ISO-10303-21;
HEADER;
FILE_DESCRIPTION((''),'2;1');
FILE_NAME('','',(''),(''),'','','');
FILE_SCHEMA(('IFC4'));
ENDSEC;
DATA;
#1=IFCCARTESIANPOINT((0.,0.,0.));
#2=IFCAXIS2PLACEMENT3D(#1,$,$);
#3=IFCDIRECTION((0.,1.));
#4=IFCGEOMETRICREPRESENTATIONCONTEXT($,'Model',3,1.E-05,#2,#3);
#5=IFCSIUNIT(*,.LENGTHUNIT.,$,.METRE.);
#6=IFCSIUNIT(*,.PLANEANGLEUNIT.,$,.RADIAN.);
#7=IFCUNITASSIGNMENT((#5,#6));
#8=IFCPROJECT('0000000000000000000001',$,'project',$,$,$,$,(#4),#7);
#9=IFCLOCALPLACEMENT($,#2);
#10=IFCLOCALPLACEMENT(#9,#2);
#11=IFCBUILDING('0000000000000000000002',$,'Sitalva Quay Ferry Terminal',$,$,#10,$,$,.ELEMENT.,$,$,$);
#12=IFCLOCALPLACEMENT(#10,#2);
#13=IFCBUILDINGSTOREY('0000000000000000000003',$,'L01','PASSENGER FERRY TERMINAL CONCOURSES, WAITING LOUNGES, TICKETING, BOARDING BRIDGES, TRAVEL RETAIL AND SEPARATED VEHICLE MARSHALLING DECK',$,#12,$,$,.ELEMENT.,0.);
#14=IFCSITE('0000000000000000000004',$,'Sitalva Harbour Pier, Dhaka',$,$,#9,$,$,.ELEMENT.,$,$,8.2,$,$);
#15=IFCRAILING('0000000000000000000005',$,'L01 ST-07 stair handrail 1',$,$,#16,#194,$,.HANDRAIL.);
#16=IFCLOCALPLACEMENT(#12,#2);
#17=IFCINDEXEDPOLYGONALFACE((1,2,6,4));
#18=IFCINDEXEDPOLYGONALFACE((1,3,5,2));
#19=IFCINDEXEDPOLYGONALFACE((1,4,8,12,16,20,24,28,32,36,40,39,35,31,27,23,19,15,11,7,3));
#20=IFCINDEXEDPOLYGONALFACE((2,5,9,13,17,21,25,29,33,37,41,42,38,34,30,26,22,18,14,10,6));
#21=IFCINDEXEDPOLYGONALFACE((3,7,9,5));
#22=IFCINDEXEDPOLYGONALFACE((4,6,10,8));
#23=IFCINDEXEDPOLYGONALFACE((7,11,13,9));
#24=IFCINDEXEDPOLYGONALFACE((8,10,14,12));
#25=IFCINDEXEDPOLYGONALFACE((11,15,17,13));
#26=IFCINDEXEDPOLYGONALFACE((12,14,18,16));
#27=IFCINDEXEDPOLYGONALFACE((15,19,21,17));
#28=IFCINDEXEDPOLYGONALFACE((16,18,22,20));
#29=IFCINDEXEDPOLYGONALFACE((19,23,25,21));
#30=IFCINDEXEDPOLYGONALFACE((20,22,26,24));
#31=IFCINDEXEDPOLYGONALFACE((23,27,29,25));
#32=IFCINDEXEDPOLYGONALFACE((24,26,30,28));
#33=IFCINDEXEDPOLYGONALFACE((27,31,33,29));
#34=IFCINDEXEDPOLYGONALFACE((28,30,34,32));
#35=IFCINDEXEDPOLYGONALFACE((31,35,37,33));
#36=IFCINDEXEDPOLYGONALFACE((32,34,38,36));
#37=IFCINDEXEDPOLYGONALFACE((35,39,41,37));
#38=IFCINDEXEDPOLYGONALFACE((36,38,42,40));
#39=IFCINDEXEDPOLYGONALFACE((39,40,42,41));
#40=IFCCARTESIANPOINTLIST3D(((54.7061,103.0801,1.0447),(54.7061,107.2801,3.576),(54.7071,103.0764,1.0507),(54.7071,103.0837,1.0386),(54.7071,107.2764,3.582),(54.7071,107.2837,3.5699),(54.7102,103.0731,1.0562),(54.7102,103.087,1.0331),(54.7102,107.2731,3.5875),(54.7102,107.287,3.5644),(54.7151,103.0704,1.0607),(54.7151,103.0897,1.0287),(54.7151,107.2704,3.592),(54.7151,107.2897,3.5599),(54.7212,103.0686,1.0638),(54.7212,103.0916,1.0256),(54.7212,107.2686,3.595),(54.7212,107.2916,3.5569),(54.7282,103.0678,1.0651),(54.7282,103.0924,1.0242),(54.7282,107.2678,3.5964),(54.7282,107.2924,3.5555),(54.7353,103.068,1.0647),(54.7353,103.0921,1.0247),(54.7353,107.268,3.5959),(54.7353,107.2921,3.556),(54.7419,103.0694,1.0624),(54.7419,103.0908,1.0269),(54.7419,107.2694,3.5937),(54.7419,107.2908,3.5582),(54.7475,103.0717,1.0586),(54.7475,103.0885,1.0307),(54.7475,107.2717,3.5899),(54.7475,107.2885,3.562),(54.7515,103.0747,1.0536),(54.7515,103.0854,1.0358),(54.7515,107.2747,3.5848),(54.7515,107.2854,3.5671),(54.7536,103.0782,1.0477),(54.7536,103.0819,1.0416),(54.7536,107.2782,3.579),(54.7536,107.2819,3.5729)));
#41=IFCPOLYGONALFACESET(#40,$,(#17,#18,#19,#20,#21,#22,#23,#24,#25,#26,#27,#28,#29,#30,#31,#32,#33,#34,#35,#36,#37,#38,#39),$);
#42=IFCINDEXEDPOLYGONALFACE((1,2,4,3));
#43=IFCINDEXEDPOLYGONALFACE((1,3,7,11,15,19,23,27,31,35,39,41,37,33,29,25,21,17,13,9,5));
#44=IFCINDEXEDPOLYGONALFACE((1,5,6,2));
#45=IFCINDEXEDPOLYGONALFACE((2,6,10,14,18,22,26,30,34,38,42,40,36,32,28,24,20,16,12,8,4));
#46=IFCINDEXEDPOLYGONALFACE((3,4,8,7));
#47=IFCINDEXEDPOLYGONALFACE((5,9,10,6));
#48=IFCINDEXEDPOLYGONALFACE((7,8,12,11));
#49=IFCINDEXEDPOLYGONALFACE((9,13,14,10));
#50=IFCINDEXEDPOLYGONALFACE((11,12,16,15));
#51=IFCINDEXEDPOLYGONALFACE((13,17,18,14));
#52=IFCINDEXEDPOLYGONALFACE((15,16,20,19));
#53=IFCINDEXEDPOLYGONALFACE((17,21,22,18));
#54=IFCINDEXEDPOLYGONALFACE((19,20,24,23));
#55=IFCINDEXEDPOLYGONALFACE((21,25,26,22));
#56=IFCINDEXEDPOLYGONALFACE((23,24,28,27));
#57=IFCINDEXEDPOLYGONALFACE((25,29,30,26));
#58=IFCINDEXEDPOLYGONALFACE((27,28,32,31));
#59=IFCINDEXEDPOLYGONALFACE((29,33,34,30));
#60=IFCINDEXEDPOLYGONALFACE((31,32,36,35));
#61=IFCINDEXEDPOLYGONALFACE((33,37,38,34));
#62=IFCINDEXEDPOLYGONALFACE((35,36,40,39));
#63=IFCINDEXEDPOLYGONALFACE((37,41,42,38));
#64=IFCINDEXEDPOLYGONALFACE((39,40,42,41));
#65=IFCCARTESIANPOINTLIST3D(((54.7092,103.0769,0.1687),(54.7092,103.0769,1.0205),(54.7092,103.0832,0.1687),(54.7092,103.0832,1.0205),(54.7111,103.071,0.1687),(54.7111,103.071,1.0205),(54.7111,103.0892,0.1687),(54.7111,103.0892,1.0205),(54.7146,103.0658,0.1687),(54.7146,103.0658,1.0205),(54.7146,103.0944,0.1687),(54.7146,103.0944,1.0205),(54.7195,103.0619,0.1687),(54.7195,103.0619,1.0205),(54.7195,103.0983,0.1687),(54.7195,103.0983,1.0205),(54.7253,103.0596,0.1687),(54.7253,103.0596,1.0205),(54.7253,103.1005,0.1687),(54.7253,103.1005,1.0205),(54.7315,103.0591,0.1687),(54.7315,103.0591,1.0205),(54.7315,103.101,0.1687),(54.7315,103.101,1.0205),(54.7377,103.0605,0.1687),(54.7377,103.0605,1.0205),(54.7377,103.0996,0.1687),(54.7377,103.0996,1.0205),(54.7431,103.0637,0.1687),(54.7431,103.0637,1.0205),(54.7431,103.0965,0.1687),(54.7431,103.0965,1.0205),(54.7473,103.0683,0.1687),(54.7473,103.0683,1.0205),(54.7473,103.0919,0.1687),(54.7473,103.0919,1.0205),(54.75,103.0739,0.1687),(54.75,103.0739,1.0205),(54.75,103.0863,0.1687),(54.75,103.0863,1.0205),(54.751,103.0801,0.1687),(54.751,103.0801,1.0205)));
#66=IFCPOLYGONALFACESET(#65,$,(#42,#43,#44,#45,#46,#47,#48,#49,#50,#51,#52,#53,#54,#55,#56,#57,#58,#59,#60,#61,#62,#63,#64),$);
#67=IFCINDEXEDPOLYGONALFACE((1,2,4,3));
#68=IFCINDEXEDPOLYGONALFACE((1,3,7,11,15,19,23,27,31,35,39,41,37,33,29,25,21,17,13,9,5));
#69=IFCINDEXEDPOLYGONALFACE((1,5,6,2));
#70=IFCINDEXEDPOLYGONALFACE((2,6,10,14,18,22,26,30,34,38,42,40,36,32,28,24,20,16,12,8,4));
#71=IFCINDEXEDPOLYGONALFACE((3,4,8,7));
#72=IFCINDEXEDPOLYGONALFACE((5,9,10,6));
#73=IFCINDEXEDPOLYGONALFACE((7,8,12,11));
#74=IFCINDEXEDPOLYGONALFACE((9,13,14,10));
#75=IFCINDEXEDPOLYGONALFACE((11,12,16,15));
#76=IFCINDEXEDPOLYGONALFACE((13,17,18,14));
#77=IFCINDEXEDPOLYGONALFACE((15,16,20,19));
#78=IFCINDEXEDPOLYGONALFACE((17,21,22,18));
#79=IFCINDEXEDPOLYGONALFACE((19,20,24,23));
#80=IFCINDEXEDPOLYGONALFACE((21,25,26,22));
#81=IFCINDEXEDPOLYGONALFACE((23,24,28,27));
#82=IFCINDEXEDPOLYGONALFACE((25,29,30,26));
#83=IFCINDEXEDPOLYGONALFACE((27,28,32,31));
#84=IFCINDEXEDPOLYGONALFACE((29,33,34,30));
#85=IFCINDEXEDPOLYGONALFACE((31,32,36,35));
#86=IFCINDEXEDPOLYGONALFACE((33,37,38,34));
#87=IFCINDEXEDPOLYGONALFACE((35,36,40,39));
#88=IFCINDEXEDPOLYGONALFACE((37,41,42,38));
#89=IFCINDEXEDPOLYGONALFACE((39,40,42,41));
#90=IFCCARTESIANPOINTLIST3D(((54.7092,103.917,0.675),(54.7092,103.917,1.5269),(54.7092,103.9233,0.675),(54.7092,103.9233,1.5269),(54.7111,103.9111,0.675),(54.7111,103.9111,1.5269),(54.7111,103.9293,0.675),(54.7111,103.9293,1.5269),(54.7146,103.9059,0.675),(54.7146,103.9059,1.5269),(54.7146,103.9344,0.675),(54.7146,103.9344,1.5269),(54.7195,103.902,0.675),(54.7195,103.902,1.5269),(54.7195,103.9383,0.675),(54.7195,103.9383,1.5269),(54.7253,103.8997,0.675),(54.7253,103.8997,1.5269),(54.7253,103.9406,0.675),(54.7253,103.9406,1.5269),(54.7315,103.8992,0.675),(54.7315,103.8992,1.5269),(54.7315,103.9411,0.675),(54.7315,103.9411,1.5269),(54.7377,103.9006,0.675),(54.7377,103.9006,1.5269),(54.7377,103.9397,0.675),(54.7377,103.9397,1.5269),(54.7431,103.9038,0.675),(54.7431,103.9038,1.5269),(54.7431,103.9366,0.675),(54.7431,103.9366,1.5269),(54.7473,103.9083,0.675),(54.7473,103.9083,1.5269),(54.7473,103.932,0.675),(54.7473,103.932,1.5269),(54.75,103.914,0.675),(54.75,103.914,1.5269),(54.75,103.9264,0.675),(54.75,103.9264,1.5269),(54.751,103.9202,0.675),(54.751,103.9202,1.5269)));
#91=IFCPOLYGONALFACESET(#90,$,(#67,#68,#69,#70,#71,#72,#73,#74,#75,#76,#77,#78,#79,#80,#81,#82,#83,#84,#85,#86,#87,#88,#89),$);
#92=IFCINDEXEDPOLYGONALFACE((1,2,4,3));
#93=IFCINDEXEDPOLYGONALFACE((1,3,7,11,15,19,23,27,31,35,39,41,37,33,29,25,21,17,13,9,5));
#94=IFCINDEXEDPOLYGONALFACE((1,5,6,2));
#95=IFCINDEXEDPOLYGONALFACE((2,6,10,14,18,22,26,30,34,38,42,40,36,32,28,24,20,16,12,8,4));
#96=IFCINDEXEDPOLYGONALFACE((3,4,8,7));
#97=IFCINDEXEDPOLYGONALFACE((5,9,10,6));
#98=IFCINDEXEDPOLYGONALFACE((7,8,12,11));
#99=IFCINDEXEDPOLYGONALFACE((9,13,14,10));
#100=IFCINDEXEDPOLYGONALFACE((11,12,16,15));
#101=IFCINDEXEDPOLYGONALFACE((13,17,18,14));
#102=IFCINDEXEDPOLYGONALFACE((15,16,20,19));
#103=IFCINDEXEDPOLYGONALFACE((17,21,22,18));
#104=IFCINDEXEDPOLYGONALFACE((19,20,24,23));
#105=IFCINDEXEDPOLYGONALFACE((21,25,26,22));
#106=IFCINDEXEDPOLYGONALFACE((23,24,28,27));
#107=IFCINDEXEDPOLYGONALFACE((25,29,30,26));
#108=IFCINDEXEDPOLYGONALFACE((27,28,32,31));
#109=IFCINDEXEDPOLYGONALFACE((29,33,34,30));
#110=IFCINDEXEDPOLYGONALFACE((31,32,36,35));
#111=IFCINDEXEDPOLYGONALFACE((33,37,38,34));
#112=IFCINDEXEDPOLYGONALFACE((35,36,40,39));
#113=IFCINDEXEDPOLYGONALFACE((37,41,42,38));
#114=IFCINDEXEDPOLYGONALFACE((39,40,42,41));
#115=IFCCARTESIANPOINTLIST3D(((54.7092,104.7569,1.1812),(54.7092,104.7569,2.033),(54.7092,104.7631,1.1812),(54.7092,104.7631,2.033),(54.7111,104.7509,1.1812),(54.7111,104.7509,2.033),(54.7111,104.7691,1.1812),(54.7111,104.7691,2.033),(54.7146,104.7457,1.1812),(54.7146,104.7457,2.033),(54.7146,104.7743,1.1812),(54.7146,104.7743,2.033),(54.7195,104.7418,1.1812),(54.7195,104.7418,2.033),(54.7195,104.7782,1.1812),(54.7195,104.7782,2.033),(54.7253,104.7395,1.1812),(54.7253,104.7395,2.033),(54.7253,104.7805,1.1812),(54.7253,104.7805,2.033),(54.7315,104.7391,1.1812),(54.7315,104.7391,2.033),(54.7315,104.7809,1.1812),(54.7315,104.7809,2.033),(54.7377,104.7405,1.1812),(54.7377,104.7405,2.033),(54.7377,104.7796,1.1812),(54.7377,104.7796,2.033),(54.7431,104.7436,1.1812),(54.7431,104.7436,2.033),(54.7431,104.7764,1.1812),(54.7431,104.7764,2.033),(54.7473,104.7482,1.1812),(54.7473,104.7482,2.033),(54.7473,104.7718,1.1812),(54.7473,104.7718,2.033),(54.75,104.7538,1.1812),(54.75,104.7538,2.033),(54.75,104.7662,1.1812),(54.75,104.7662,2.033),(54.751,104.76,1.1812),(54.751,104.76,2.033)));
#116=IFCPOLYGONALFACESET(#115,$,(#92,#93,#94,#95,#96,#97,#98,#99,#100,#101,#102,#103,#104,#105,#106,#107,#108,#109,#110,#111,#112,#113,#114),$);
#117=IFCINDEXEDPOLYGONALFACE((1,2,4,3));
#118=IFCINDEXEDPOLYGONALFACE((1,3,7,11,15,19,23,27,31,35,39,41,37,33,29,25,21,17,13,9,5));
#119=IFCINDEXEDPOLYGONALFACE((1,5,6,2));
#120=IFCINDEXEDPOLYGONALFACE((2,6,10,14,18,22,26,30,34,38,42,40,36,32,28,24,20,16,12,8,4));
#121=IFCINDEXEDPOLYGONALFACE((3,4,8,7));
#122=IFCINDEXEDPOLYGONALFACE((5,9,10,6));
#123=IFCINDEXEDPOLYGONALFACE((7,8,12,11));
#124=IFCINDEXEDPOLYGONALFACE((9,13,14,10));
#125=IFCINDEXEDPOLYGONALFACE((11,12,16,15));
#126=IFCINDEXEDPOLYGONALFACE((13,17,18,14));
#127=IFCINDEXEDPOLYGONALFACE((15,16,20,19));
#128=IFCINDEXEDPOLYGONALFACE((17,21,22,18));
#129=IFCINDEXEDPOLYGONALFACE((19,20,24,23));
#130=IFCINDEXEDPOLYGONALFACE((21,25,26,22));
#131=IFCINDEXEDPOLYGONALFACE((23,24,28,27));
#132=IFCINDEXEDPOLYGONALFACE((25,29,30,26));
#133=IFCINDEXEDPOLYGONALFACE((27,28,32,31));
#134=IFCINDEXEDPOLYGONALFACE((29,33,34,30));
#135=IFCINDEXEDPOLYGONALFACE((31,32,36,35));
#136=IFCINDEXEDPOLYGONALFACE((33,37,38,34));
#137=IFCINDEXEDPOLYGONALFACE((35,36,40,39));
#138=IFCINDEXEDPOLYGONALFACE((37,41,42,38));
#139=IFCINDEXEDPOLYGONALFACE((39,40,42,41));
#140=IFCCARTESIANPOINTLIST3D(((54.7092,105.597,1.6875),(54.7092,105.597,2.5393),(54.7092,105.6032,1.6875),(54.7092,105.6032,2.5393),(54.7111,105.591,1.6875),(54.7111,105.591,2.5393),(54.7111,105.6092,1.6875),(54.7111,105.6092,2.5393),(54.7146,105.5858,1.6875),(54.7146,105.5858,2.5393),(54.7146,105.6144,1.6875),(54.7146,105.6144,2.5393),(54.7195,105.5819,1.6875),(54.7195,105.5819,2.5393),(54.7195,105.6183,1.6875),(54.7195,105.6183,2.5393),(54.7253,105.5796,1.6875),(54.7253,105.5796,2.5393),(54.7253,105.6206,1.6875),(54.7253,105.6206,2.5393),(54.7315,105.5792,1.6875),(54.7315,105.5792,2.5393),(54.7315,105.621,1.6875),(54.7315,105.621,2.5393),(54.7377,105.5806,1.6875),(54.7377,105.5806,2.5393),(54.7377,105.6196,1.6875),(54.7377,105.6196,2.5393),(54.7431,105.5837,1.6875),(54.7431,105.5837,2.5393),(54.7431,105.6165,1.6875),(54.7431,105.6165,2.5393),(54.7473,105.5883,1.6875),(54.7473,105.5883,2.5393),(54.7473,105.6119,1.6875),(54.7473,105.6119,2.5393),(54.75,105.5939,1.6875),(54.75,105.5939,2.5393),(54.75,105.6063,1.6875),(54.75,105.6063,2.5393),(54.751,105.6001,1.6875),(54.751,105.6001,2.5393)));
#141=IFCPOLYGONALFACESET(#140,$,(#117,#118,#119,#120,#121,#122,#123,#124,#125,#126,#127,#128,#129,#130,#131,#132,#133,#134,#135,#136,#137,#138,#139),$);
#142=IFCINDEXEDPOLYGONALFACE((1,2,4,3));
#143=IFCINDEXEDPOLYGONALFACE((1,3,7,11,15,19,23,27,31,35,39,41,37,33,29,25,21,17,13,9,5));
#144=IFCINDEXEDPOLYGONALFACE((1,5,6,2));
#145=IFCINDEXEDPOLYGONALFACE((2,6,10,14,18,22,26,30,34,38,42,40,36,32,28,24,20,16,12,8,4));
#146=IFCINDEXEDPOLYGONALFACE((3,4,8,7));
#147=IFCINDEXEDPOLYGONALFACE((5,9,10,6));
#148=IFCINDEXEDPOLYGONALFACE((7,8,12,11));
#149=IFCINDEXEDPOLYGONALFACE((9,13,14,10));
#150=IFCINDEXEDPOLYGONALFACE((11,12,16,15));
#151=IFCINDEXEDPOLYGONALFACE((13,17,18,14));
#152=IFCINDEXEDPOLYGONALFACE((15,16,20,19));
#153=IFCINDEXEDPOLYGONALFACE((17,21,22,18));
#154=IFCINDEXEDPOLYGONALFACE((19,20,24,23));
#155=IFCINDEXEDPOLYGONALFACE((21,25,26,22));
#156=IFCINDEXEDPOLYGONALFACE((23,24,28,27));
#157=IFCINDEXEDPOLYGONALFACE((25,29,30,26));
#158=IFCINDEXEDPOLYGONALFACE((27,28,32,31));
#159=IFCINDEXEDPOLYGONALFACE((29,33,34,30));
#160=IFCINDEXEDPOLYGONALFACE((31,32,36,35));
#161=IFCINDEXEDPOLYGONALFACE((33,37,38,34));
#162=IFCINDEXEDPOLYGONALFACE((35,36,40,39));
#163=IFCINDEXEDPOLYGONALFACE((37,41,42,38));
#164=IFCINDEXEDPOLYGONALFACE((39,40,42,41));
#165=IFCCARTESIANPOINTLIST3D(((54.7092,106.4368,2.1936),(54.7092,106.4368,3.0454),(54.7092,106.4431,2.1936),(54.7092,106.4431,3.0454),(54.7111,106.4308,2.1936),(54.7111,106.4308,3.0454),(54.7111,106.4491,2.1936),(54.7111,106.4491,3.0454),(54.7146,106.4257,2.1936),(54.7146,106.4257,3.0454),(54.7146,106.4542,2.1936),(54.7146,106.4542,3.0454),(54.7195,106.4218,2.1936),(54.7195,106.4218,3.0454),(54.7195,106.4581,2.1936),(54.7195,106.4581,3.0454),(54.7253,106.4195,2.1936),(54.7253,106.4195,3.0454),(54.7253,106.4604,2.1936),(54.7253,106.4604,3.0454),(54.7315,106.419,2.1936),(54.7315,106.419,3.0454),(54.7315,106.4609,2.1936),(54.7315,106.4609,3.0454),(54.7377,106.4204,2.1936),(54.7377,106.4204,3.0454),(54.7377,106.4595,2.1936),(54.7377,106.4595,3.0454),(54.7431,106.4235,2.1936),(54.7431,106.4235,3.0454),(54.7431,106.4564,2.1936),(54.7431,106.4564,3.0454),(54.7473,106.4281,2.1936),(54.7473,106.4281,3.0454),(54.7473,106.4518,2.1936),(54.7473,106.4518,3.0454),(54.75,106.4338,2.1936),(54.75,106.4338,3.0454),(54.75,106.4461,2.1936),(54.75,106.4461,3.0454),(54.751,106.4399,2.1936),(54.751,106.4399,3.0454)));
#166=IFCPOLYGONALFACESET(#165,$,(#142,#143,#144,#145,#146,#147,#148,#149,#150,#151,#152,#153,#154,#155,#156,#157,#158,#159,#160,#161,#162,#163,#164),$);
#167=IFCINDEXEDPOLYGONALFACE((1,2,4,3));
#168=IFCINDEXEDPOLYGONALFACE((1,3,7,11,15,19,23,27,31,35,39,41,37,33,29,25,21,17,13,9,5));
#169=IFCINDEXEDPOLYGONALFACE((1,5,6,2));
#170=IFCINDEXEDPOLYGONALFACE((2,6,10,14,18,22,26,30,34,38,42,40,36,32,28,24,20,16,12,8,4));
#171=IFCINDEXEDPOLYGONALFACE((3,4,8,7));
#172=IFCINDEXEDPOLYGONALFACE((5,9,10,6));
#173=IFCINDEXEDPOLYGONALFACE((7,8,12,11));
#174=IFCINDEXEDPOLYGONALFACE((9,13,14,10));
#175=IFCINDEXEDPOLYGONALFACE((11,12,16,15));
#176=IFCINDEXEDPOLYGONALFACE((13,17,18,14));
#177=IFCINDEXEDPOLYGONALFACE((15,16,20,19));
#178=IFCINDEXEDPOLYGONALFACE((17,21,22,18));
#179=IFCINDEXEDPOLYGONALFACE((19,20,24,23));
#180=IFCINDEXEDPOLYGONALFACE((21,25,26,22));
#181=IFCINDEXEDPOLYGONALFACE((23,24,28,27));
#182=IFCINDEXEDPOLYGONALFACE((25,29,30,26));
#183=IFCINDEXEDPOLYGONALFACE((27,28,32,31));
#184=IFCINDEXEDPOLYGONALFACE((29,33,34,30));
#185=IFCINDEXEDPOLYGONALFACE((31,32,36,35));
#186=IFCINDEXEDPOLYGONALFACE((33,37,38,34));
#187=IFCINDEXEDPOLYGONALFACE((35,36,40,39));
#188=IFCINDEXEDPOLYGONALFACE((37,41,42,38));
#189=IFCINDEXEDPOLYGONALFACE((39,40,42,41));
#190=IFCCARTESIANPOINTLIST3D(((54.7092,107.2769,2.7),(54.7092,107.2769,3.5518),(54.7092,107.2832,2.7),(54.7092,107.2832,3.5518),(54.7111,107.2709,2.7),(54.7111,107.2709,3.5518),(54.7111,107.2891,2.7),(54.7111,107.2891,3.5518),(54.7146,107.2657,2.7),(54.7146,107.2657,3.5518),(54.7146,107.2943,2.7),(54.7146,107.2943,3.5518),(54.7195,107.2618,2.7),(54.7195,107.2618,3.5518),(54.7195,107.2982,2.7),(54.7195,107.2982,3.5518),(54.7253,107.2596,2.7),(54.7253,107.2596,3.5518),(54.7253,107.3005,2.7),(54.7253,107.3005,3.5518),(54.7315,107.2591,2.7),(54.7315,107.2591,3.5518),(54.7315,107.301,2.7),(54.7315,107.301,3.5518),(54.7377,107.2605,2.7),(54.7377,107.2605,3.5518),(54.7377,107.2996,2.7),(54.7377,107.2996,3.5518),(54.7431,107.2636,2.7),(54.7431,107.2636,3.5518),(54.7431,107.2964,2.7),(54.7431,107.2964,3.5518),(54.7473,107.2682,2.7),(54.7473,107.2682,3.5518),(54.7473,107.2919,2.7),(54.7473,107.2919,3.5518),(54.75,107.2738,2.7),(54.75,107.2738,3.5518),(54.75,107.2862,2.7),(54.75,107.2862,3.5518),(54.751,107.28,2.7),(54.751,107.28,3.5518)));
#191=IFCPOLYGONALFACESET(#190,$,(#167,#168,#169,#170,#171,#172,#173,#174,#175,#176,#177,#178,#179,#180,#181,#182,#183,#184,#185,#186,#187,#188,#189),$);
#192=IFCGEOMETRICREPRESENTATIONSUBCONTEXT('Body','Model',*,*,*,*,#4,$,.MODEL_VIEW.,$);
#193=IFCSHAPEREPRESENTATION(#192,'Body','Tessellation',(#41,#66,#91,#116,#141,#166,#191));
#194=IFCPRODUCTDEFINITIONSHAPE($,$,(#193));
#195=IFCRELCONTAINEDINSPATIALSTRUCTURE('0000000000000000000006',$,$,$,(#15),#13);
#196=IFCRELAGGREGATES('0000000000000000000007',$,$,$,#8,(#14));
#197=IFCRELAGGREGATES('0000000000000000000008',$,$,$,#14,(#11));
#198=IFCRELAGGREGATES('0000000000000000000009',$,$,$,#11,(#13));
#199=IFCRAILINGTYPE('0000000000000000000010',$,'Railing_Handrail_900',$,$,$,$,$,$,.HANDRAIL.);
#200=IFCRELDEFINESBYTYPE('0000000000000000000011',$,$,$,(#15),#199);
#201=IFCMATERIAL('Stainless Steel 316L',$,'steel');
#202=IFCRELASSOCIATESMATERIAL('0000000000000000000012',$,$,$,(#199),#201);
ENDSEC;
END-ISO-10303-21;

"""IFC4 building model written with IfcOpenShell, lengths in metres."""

from ifc_helpers import new_model, si_unit, direction, frame, origin, origin_2d, place, context, subcontext, project, spatial, circle, extrude, material, type_object, element, save


model = new_model("IFC4")

# Units and contexts
model_context = context("Model", 3, precision=1e-05, world=origin(), true_north=direction((0.0, 1.0)))
body_context = subcontext(model_context, "Body", "Model", "MODEL_VIEW")
ifc_project = project(units=[si_unit("LENGTHUNIT", "METRE"), si_unit("PLANEANGLEUNIT", "RADIAN")], contexts=[model_context])

# Site, building, storey
site_placement = place(None, origin())
site = spatial("IfcSite", under=ifc_project, at=site_placement, Name="Sitalva Harbour Pier, Dhaka", CompositionType="ELEMENT", RefElevation=8.2)
building_placement = place(site_placement, origin())
building = spatial("IfcBuilding", under=site, at=building_placement, Name="Sitalva Quay Ferry Terminal", CompositionType="ELEMENT")
storey_placement = place(building_placement, origin())
storey = spatial("IfcBuildingStorey", under=building, at=storey_placement, Name="L01", Description="PASSENGER FERRY TERMINAL CONCOURSES, WAITING LOUNGES, TICKETING, BOARDING BRIDGES, TRAVEL RETAIL AND SEPARATED VEHICLE MARSHALLING DECK", CompositionType="ELEMENT", Elevation=0.0)

# Railing
ifc_material_1 = material(Name="Stainless Steel 316L", Category="steel")
railing_type_1 = type_object("IfcRailingType", Name="Railing_Handrail_900", PredefinedType="HANDRAIL", material=ifc_material_1)
railing_1_placement = place(storey_placement, frame((54.73, 103.0801, 0.1687)))
element("IfcRailing", 1, at=railing_1_placement, inside=storey, type_object=railing_type_1, Name="L01 ST-07 stair handrail 1", PredefinedType="HANDRAIL", context=body_context, shape_type="SweptSolid", body=[
    extrude(circle(Radius=0.0239, at=origin_2d()), frame((0.0, 0.0, 0.876), z_axis=(0.0, 0.856476, 0.516186), x_axis=(-1.0, 0.0, 0.0)), (0.0, 0.0, 1.0), 4.9038),
    extrude(circle(Radius=0.021, at=origin_2d()), origin(), (0.0, 0.0, 1.0), 0.8518),
    extrude(circle(Radius=0.021, at=origin_2d()), frame((0.0, 0.8401, 0.5063)), (0.0, 0.0, 1.0), 0.8518),
    extrude(circle(Radius=0.021, at=origin_2d()), frame((0.0, 1.6799, 1.0125)), (0.0, 0.0, 1.0), 0.8518),
    extrude(circle(Radius=0.021, at=origin_2d()), frame((0.0, 2.52, 1.5188)), (0.0, 0.0, 1.0), 0.8518),
    extrude(circle(Radius=0.021, at=origin_2d()), frame((0.0, 3.3599, 2.0249)), (0.0, 0.0, 1.0), 0.8518),
    extrude(circle(Radius=0.021, at=origin_2d()), frame((0.0, 4.2, 2.5312)), (0.0, 0.0, 1.0), 0.8518),
])

save(model, "model.ifc")
